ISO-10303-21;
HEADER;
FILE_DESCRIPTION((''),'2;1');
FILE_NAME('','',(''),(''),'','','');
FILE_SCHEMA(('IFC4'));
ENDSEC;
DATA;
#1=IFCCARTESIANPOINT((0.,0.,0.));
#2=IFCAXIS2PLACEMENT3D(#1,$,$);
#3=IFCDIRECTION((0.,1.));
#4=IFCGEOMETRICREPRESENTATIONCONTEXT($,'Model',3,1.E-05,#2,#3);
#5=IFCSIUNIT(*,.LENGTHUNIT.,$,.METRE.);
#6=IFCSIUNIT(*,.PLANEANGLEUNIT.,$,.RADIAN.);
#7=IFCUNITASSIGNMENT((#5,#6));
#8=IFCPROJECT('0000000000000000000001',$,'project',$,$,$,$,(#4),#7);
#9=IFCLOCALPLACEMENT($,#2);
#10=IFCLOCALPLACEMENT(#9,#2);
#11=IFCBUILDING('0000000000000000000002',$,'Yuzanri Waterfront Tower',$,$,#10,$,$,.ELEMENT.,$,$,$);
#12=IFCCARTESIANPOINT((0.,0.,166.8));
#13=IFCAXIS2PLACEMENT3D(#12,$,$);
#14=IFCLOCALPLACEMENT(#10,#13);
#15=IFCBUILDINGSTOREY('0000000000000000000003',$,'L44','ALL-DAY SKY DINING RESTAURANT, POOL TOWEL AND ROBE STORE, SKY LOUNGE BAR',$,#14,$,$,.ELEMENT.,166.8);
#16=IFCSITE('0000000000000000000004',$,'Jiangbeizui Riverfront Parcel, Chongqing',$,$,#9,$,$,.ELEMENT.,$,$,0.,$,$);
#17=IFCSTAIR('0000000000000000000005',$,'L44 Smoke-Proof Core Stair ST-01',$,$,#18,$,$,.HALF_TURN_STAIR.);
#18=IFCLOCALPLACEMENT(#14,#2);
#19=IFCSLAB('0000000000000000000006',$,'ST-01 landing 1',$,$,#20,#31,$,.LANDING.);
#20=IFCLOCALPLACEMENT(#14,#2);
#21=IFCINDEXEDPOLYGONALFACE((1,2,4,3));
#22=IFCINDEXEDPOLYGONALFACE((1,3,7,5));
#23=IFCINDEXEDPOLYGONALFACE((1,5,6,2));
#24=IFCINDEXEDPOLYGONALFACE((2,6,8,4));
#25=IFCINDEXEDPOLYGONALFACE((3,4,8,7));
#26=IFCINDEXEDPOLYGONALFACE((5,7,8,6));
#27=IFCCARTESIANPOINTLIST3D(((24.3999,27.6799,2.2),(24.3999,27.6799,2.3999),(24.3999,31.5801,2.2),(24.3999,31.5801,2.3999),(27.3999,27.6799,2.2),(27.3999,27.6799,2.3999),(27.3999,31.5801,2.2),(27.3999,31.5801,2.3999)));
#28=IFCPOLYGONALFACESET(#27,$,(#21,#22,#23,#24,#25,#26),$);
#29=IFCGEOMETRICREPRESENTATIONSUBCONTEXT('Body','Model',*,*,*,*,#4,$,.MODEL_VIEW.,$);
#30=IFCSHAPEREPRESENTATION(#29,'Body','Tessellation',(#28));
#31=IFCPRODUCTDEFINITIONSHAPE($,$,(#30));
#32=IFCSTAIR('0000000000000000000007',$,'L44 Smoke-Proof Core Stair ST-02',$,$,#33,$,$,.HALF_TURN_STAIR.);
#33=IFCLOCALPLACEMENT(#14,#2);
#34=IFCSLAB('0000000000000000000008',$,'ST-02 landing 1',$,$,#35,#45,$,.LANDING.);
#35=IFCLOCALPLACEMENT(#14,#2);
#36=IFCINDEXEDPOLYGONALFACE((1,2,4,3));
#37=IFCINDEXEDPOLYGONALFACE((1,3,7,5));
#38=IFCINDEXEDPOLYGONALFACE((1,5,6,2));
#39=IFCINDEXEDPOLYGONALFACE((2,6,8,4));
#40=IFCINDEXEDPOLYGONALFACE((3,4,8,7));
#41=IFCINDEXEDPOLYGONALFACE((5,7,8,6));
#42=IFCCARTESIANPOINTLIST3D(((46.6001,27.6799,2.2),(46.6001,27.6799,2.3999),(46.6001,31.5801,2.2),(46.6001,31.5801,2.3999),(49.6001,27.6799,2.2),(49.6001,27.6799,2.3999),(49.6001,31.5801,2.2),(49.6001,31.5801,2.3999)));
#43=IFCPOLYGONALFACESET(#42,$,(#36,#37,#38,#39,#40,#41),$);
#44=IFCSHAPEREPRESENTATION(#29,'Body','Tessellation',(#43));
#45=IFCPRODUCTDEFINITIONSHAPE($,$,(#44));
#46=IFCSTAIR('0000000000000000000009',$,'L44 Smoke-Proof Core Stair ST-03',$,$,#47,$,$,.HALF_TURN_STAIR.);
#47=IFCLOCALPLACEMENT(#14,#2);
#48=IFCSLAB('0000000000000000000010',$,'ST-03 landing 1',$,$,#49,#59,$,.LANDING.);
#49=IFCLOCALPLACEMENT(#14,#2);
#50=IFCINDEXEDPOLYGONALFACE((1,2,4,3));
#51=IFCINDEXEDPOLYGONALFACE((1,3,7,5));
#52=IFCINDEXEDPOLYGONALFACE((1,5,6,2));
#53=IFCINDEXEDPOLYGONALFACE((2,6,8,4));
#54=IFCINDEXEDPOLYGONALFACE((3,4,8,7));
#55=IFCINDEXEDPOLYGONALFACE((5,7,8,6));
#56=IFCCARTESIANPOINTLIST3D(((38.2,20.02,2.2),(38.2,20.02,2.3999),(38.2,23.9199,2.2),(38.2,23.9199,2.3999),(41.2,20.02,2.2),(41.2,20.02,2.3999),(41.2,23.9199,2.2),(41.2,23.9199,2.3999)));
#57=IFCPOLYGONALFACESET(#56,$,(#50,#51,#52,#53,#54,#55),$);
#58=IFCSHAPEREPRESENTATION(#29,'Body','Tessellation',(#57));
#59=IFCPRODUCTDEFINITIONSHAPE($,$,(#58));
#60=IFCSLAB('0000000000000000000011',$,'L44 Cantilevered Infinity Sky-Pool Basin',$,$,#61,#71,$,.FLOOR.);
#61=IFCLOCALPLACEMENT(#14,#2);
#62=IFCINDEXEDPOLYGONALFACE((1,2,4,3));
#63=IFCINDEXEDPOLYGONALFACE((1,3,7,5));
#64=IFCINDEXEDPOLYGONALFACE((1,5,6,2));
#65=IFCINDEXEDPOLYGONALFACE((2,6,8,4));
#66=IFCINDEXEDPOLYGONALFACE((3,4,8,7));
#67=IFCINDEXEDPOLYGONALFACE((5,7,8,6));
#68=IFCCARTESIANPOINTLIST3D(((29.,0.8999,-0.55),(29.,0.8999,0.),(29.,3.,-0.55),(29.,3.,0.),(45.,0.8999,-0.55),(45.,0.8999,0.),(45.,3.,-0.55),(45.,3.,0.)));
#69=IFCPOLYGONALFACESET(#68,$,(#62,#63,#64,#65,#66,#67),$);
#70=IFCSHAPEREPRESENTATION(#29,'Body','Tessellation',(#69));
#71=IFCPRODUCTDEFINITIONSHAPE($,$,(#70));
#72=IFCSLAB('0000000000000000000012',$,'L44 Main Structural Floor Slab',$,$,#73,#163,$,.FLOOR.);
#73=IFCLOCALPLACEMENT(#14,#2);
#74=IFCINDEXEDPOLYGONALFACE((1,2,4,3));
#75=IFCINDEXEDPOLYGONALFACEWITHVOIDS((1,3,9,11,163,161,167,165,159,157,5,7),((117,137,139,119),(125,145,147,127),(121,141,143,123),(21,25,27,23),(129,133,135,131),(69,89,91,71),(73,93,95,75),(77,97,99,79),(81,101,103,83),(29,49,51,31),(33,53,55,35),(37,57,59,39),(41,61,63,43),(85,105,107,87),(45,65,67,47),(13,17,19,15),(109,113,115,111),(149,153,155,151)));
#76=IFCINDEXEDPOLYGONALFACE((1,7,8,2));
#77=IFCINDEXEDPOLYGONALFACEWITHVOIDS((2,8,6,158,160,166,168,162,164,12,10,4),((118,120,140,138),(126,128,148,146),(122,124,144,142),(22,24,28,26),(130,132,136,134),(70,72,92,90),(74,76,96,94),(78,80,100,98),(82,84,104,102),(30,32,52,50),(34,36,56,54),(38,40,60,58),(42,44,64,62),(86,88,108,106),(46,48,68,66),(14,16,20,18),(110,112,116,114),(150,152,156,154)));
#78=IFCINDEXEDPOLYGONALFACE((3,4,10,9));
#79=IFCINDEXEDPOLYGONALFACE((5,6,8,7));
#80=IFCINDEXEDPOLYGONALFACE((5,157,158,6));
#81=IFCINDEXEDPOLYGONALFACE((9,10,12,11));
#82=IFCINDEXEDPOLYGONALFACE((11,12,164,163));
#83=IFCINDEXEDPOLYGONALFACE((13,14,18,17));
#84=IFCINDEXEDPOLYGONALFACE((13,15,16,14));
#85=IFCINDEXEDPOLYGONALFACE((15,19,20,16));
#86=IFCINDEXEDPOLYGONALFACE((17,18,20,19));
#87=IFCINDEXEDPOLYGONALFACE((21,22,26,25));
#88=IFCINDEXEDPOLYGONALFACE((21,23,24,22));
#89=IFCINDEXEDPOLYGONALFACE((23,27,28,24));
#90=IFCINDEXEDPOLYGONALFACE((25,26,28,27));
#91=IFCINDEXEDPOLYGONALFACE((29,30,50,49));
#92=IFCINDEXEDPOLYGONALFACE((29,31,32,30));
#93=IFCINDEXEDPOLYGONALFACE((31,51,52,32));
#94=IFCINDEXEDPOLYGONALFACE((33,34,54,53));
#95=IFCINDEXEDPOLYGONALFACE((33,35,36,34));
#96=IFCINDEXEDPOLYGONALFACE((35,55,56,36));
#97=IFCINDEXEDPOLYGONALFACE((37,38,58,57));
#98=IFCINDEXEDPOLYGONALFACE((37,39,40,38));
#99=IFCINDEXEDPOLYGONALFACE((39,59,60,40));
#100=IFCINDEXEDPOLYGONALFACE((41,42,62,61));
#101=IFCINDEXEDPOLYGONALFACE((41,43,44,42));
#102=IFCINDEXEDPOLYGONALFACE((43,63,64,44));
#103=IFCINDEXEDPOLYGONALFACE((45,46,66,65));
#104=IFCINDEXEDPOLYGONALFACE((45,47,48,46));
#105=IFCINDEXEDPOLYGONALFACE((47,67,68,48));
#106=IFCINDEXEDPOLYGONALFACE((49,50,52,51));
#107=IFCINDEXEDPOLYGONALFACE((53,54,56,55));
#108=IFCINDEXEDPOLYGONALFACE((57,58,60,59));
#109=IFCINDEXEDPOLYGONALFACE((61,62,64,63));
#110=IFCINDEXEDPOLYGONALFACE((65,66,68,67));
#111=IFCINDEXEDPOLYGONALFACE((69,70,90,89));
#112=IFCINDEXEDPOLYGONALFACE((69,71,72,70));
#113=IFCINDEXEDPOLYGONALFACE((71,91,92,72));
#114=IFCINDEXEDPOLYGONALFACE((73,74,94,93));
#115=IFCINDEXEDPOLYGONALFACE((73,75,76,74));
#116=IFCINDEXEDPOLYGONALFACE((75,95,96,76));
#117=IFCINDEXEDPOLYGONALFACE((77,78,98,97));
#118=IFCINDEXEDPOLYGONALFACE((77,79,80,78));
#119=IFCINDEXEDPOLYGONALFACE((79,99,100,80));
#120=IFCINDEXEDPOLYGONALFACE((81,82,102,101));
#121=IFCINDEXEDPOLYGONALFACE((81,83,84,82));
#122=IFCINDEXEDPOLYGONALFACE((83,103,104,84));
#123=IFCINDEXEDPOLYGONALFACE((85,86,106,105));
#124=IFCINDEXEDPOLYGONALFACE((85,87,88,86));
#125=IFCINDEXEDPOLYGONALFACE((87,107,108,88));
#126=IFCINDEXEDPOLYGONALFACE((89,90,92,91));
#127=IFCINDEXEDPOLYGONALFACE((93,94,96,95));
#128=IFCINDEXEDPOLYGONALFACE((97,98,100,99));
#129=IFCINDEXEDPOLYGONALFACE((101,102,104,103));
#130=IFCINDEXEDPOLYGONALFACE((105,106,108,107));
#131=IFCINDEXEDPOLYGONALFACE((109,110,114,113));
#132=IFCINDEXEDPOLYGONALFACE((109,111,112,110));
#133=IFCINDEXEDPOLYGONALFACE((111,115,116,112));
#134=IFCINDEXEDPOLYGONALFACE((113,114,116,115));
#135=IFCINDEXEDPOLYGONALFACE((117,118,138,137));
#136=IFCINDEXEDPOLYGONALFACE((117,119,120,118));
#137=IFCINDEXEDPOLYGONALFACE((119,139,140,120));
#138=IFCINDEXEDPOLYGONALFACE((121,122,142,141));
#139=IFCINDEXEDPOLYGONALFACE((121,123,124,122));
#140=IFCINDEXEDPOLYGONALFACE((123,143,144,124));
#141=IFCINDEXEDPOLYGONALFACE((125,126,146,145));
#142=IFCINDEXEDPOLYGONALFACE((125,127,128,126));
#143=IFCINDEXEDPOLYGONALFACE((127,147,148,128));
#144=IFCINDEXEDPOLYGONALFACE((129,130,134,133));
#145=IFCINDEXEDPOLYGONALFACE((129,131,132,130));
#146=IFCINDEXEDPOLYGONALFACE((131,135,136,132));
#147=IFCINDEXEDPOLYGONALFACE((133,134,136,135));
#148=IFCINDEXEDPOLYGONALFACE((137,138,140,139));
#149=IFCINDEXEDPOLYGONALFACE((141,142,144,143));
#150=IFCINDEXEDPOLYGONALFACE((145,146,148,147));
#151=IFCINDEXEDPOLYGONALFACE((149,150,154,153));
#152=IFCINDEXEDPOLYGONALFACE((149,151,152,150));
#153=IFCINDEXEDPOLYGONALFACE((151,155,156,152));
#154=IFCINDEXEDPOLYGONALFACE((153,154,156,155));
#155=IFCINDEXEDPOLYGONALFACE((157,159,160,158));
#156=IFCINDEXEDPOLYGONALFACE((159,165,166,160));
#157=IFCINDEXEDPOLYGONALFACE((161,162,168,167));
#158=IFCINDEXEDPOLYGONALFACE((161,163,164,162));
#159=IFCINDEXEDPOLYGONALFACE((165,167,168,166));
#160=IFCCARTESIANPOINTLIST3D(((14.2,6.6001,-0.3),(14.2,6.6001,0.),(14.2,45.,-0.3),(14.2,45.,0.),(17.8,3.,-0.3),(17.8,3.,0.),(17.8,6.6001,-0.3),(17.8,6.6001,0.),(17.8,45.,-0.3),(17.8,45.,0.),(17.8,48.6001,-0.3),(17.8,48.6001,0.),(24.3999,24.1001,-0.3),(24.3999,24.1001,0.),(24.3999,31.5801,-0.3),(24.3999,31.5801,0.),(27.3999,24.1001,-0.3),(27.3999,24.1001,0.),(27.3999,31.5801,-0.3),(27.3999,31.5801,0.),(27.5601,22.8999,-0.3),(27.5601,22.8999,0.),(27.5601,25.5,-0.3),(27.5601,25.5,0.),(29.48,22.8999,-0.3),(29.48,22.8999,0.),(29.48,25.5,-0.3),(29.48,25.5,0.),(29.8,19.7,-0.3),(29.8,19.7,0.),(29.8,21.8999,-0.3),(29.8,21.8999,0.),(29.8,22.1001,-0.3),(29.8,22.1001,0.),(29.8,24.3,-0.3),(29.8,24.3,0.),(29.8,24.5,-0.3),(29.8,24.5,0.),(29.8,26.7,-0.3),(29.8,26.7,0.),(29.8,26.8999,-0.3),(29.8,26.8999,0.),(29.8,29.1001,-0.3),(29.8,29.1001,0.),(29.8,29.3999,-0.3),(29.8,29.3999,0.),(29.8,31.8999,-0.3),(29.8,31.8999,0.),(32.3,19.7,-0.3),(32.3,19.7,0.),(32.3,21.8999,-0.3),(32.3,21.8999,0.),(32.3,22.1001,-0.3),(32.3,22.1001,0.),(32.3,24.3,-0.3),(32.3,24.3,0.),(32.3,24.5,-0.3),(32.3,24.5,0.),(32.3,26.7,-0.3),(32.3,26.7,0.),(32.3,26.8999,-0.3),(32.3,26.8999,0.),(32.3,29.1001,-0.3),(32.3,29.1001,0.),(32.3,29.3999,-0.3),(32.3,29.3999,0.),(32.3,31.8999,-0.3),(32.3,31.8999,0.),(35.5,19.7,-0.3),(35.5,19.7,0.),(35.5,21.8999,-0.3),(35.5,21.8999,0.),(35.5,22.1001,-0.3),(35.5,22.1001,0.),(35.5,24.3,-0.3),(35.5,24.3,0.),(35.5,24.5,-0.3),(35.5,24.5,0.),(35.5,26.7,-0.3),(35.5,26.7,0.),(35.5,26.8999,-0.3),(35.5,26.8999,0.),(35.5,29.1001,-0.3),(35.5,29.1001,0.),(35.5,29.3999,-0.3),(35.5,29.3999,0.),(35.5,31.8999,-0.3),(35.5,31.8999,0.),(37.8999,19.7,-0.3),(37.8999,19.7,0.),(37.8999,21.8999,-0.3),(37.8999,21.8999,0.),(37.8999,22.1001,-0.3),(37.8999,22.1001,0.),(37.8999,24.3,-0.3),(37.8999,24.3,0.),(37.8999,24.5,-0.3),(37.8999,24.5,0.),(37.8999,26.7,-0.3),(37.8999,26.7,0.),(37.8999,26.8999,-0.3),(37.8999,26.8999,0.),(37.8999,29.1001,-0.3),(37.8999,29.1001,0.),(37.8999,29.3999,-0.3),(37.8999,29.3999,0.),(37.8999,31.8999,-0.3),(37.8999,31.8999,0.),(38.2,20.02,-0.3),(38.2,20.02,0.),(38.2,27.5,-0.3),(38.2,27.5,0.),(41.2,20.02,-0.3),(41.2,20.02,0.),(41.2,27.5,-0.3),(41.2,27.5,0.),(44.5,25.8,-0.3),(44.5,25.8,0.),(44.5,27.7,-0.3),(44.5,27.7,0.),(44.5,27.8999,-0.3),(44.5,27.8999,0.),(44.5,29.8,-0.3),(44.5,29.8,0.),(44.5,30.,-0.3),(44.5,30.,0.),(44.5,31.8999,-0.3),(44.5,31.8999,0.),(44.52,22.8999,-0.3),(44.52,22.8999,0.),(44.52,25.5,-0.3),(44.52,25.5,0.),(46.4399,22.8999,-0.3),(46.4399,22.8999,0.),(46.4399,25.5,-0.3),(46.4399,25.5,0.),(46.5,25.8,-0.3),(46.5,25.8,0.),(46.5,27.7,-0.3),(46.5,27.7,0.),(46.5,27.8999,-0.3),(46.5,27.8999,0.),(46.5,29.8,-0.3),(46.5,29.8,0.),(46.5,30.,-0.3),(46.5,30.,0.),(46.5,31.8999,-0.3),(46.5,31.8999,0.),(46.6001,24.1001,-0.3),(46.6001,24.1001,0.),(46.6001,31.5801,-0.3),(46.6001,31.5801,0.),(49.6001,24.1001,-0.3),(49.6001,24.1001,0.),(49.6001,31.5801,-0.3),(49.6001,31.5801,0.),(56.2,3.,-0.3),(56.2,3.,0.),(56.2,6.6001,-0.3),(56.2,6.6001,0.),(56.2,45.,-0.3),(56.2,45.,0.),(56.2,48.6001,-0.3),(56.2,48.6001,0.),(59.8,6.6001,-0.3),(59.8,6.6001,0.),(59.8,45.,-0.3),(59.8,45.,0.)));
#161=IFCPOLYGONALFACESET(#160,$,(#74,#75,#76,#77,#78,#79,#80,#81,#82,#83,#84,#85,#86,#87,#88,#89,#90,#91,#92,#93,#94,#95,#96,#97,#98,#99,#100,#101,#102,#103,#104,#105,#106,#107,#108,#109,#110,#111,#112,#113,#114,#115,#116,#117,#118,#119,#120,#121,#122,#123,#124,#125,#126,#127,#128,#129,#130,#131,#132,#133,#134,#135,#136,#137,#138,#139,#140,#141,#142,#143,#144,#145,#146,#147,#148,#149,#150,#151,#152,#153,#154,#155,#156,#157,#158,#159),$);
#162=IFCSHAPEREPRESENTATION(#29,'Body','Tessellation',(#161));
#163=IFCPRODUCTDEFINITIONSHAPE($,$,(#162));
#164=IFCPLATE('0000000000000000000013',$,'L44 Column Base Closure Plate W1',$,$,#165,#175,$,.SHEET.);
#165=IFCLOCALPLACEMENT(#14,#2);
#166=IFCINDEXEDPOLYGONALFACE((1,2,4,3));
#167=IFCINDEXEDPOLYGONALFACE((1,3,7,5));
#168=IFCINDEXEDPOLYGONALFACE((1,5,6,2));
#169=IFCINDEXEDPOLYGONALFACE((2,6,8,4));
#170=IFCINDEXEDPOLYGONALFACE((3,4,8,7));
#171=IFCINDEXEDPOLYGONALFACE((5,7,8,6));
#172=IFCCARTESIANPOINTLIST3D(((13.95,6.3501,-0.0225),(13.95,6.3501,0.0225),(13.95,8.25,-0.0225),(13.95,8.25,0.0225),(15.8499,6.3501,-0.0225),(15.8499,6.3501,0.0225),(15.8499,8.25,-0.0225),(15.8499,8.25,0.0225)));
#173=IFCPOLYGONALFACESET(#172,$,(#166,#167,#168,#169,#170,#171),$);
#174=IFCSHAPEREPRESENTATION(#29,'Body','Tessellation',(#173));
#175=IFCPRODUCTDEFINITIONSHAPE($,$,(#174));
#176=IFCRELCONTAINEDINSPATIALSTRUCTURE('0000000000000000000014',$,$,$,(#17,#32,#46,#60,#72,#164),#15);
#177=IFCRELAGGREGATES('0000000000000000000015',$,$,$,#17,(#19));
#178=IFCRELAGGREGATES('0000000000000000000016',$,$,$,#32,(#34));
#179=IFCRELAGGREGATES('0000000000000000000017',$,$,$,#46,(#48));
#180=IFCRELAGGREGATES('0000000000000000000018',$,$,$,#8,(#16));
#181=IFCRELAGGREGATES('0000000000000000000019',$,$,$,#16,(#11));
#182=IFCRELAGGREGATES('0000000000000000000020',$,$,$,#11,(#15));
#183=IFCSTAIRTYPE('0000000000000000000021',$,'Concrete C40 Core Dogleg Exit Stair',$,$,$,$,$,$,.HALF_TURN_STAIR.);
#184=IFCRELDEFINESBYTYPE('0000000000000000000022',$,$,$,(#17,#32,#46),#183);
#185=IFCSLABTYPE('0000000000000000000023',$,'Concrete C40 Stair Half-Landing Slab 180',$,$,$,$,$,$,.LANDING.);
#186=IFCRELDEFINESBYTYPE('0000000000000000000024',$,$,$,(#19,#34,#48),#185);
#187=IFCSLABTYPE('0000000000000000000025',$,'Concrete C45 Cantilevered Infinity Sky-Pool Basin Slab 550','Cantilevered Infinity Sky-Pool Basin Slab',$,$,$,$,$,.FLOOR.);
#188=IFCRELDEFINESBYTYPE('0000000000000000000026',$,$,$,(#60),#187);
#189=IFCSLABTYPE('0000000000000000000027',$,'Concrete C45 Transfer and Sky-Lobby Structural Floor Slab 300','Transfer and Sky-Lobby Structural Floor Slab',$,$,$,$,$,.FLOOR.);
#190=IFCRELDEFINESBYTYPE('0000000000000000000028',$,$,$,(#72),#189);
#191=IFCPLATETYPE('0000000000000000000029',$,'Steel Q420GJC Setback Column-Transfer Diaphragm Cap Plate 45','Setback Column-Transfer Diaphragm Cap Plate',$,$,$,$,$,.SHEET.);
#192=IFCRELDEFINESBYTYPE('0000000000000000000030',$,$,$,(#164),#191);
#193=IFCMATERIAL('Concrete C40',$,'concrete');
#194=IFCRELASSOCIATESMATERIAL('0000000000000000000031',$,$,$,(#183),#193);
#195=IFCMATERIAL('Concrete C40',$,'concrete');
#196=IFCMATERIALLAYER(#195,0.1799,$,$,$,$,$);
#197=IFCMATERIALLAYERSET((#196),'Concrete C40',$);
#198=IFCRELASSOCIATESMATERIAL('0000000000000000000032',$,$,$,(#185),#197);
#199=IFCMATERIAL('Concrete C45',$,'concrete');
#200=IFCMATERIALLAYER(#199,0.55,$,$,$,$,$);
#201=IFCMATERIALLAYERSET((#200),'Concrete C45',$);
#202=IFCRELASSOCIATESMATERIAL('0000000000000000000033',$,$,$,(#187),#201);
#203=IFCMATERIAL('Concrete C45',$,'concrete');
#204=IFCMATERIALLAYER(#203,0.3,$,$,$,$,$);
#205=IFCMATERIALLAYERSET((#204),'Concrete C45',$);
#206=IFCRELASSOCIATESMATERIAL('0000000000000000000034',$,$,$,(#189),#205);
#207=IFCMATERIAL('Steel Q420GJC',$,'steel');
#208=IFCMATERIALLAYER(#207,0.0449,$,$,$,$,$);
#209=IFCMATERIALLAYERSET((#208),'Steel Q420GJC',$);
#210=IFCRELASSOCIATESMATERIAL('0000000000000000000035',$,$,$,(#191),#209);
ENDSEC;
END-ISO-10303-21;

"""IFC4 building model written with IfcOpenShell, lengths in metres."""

from ifc_helpers import new_model, si_unit, direction, frame, origin, origin_2d, place, context, subcontext, project, spatial, polyline, rectangle, outline, extrude, source, transform, mapped, material, layer, layer_set, type_object, element, aggregate, save


model = new_model("IFC4")

# Units and contexts
model_context = context("Model", 3, precision=1e-05, world=origin(), true_north=direction((0.0, 1.0)))
body_context = subcontext(model_context, "Body", "Model", "MODEL_VIEW")
ifc_project = project(units=[si_unit("LENGTHUNIT", "METRE"), si_unit("PLANEANGLEUNIT", "RADIAN")], contexts=[model_context])

# Site, building, storey
site_placement = place(None, origin())
site = spatial("IfcSite", under=ifc_project, at=site_placement, Name="Jiangbeizui Riverfront Parcel, Chongqing", CompositionType="ELEMENT", RefElevation=0.0)
building_placement = place(site_placement, origin())
building = spatial("IfcBuilding", under=site, at=building_placement, Name="Yuzanri Waterfront Tower", CompositionType="ELEMENT")
storey_placement = place(building_placement, frame((0.0, 0.0, 166.8)))
storey = spatial("IfcBuildingStorey", under=building, at=storey_placement, Name="L44", Description="ALL-DAY SKY DINING RESTAURANT, POOL TOWEL AND ROBE STORE, SKY LOUNGE BAR", CompositionType="ELEMENT", Elevation=166.8)

# Stairs, slabs
ifc_material_1 = material(Name="Concrete C40", Category="concrete")
stair_type = type_object("IfcStairType", Name="Concrete C40 Core Dogleg Exit Stair", PredefinedType="HALF_TURN_STAIR", material=ifc_material_1)
stair_1_placement = place(storey_placement, origin())
stair_1 = element("IfcStair", 1, at=stair_1_placement, inside=storey, type_object=stair_type, Name="L44 Smoke-Proof Core Stair ST-01", PredefinedType="HALF_TURN_STAIR")
ifc_material_2 = material(Name="Concrete C40", Category="concrete")
ifc_layer_1 = layer(ifc_material_2, 0.1799)
ifc_layer_set_1 = layer_set([ifc_layer_1], Name="Concrete C40")
slab_type_1 = type_object("IfcSlabType", Name="Concrete C40 Stair Half-Landing Slab 180", PredefinedType="LANDING", material=ifc_layer_set_1)
slab_1_placement = place(storey_placement, frame((0.0, 0.0, 2.2)))
slab_1 = element("IfcSlab", 2, at=slab_1_placement, type_object=slab_type_1, Name="ST-01 landing 1", PredefinedType="LANDING", context=body_context, shape_type="SweptSolid", body=[
    extrude(outline(polyline([(27.3999, 27.6799), (27.3999, 31.5801), (24.3999, 31.5801), (24.3999, 27.6799), (27.3999, 27.6799)])), origin(), (0.0, 0.0, 1.0), 0.2),
])
aggregate(stair_1, [slab_1])
stair_2_placement = place(storey_placement, origin())
stair_2 = element("IfcStair", 3, at=stair_2_placement, inside=storey, type_object=stair_type, Name="L44 Smoke-Proof Core Stair ST-02", PredefinedType="HALF_TURN_STAIR")
slab_2_placement = place(storey_placement, frame((0.0, 0.0, 2.2)))
slab_2 = element("IfcSlab", 4, at=slab_2_placement, type_object=slab_type_1, Name="ST-02 landing 1", PredefinedType="LANDING", context=body_context, shape_type="SweptSolid", body=[
    extrude(outline(polyline([(49.6001, 27.6799), (49.6001, 31.5801), (46.6001, 31.5801), (46.6001, 27.6799), (49.6001, 27.6799)])), origin(), (0.0, 0.0, 1.0), 0.2),
])
aggregate(stair_2, [slab_2])
stair_3_placement = place(storey_placement, origin())
stair_3 = element("IfcStair", 5, at=stair_3_placement, inside=storey, type_object=stair_type, Name="L44 Smoke-Proof Core Stair ST-03", PredefinedType="HALF_TURN_STAIR")
slab_3_placement = place(storey_placement, frame((0.0, 0.0, 2.2)))
slab_3 = element("IfcSlab", 6, at=slab_3_placement, type_object=slab_type_1, Name="ST-03 landing 1", PredefinedType="LANDING", context=body_context, shape_type="SweptSolid", body=[
    extrude(outline(polyline([(38.2, 23.9199), (38.2, 20.02), (41.2, 20.02), (41.2, 23.9199), (38.2, 23.9199)])), origin(), (0.0, 0.0, 1.0), 0.2),
])
aggregate(stair_3, [slab_3])

# Slabs
ifc_material_3 = material(Name="Concrete C45", Category="concrete")
ifc_layer_2 = layer(ifc_material_3, 0.55)
ifc_layer_set_2 = layer_set([ifc_layer_2], Name="Concrete C45")
slab_type_2 = type_object("IfcSlabType", Name="Concrete C45 Cantilevered Infinity Sky-Pool Basin Slab 550", Description="Cantilevered Infinity Sky-Pool Basin Slab", PredefinedType="FLOOR", material=ifc_layer_set_2)
slab_4_placement = place(storey_placement, frame((0.0, 0.0, -0.55)))
element("IfcSlab", 7, at=slab_4_placement, inside=storey, type_object=slab_type_2, Name="L44 Cantilevered Infinity Sky-Pool Basin", PredefinedType="FLOOR", context=body_context, shape_type="SweptSolid", body=[
    extrude(outline(polyline([(29.0, 0.8999), (45.0, 0.8999), (45.0, 3.0), (29.0, 3.0), (29.0, 0.8999)])), origin(), (0.0, 0.0, 1.0), 0.55),
])
ifc_material_4 = material(Name="Concrete C45", Category="concrete")
ifc_layer_3 = layer(ifc_material_4, 0.3)
ifc_layer_set_3 = layer_set([ifc_layer_3], Name="Concrete C45")
slab_type_3 = type_object("IfcSlabType", Name="Concrete C45 Transfer and Sky-Lobby Structural Floor Slab 300", Description="Transfer and Sky-Lobby Structural Floor Slab", PredefinedType="FLOOR", material=ifc_layer_set_3)
slab_5_placement = place(storey_placement, frame((0.0, 0.0, -0.3)))
element("IfcSlab", 8, at=slab_5_placement, inside=storey, type_object=slab_type_3, Name="L44 Main Structural Floor Slab", PredefinedType="FLOOR", context=body_context, shape_type="SweptSolid", body=[
    extrude(outline(polyline([(17.8, 3.0), (56.2, 3.0), (56.2, 6.6001), (59.8, 6.6001), (59.8, 45.0), (56.2, 45.0), (56.2, 48.6001), (17.8, 48.6001), (17.8, 45.0), (14.2, 45.0), (14.2, 6.6001), (17.8, 6.6001), (17.8, 3.0)]), holes=[polyline([(27.3999, 24.1001), (27.3999, 31.5801), (24.3999, 31.5801), (24.3999, 24.1001), (27.3999, 24.1001)]), polyline([(49.6001, 24.1001), (49.6001, 31.5801), (46.6001, 31.5801), (46.6001, 24.1001), (49.6001, 24.1001)]), polyline([(38.2, 27.5), (38.2, 20.02), (41.2, 20.02), (41.2, 27.5), (38.2, 27.5)]), polyline([(27.5601, 22.8999), (29.48, 22.8999), (29.48, 25.5), (27.5601, 25.5), (27.5601, 22.8999)]), polyline([(44.52, 22.8999), (46.4399, 22.8999), (46.4399, 25.5), (44.52, 25.5), (44.52, 22.8999)]), polyline([(29.8, 19.7), (32.3, 19.7), (32.3, 21.8999), (29.8, 21.8999), (29.8, 19.7)]), polyline([(29.8, 22.1001), (32.3, 22.1001), (32.3, 24.3), (29.8, 24.3), (29.8, 22.1001)]), polyline([(29.8, 24.5), (32.3, 24.5), (32.3, 26.7), (29.8, 26.7), (29.8, 24.5)]), polyline([(29.8, 26.8999), (32.3, 26.8999), (32.3, 29.1001), (29.8, 29.1001), (29.8, 26.8999)]), polyline([(29.8, 29.3999), (32.3, 29.3999), (32.3, 31.8999), (29.8, 31.8999), (29.8, 29.3999)]), polyline([(35.5, 19.7), (37.8999, 19.7), (37.8999, 21.8999), (35.5, 21.8999), (35.5, 19.7)]), polyline([(35.5, 22.1001), (37.8999, 22.1001), (37.8999, 24.3), (35.5, 24.3), (35.5, 22.1001)]), polyline([(35.5, 24.5), (37.8999, 24.5), (37.8999, 26.7), (35.5, 26.7), (35.5, 24.5)]), polyline([(35.5, 26.8999), (37.8999, 26.8999), (37.8999, 29.1001), (35.5, 29.1001), (35.5, 26.8999)]), polyline([(35.5, 29.3999), (37.8999, 29.3999), (37.8999, 31.8999), (35.5, 31.8999), (35.5, 29.3999)]), polyline([(44.5, 25.8), (46.5, 25.8), (46.5, 27.7), (44.5, 27.7), (44.5, 25.8)]), polyline([(44.5, 27.8999), (46.5, 27.8999), (46.5, 29.8), (44.5, 29.8), (44.5, 27.8999)]), polyline([(44.5, 30.0), (46.5, 30.0), (46.5, 31.8999), (44.5, 31.8999), (44.5, 30.0)])]), origin(), (0.0, 0.0, 1.0), 0.3),
])

# Plate
ifc_material_5 = material(Name="Steel Q420GJC", Category="steel")
ifc_layer_4 = layer(ifc_material_5, 0.0449)
ifc_layer_set_4 = layer_set([ifc_layer_4], Name="Steel Q420GJC")
plate_type_1 = type_object("IfcPlateType", Name="Steel Q420GJC Setback Column-Transfer Diaphragm Cap Plate 45", Description="Setback Column-Transfer Diaphragm Cap Plate", PredefinedType="SHEET", material=ifc_layer_set_4)
shared_shape_1 = source(origin(), body_context, "Body", "SweptSolid", [
    extrude(rectangle(XDim=1.8999, YDim=1.8999, at=origin_2d()), origin(), (0.0, 0.0, 1.0), 0.0449),
])
plate_1_placement = place(storey_placement, frame((14.8999, 7.3, -0.0225), z_axis=(0.0, 0.0, 1.0), x_axis=(1.0, 0.0, 0.0)))
element("IfcPlate", 9, at=plate_1_placement, inside=storey, type_object=plate_type_1, Name="L44 Column Base Closure Plate W1", PredefinedType="SHEET", context=body_context, shape_type="MappedRepresentation", body=[
    mapped(shared_shape_1, transform((0.0, 0.0, 0.0), scale=1.0)),
])

save(model, "model.ifc")
